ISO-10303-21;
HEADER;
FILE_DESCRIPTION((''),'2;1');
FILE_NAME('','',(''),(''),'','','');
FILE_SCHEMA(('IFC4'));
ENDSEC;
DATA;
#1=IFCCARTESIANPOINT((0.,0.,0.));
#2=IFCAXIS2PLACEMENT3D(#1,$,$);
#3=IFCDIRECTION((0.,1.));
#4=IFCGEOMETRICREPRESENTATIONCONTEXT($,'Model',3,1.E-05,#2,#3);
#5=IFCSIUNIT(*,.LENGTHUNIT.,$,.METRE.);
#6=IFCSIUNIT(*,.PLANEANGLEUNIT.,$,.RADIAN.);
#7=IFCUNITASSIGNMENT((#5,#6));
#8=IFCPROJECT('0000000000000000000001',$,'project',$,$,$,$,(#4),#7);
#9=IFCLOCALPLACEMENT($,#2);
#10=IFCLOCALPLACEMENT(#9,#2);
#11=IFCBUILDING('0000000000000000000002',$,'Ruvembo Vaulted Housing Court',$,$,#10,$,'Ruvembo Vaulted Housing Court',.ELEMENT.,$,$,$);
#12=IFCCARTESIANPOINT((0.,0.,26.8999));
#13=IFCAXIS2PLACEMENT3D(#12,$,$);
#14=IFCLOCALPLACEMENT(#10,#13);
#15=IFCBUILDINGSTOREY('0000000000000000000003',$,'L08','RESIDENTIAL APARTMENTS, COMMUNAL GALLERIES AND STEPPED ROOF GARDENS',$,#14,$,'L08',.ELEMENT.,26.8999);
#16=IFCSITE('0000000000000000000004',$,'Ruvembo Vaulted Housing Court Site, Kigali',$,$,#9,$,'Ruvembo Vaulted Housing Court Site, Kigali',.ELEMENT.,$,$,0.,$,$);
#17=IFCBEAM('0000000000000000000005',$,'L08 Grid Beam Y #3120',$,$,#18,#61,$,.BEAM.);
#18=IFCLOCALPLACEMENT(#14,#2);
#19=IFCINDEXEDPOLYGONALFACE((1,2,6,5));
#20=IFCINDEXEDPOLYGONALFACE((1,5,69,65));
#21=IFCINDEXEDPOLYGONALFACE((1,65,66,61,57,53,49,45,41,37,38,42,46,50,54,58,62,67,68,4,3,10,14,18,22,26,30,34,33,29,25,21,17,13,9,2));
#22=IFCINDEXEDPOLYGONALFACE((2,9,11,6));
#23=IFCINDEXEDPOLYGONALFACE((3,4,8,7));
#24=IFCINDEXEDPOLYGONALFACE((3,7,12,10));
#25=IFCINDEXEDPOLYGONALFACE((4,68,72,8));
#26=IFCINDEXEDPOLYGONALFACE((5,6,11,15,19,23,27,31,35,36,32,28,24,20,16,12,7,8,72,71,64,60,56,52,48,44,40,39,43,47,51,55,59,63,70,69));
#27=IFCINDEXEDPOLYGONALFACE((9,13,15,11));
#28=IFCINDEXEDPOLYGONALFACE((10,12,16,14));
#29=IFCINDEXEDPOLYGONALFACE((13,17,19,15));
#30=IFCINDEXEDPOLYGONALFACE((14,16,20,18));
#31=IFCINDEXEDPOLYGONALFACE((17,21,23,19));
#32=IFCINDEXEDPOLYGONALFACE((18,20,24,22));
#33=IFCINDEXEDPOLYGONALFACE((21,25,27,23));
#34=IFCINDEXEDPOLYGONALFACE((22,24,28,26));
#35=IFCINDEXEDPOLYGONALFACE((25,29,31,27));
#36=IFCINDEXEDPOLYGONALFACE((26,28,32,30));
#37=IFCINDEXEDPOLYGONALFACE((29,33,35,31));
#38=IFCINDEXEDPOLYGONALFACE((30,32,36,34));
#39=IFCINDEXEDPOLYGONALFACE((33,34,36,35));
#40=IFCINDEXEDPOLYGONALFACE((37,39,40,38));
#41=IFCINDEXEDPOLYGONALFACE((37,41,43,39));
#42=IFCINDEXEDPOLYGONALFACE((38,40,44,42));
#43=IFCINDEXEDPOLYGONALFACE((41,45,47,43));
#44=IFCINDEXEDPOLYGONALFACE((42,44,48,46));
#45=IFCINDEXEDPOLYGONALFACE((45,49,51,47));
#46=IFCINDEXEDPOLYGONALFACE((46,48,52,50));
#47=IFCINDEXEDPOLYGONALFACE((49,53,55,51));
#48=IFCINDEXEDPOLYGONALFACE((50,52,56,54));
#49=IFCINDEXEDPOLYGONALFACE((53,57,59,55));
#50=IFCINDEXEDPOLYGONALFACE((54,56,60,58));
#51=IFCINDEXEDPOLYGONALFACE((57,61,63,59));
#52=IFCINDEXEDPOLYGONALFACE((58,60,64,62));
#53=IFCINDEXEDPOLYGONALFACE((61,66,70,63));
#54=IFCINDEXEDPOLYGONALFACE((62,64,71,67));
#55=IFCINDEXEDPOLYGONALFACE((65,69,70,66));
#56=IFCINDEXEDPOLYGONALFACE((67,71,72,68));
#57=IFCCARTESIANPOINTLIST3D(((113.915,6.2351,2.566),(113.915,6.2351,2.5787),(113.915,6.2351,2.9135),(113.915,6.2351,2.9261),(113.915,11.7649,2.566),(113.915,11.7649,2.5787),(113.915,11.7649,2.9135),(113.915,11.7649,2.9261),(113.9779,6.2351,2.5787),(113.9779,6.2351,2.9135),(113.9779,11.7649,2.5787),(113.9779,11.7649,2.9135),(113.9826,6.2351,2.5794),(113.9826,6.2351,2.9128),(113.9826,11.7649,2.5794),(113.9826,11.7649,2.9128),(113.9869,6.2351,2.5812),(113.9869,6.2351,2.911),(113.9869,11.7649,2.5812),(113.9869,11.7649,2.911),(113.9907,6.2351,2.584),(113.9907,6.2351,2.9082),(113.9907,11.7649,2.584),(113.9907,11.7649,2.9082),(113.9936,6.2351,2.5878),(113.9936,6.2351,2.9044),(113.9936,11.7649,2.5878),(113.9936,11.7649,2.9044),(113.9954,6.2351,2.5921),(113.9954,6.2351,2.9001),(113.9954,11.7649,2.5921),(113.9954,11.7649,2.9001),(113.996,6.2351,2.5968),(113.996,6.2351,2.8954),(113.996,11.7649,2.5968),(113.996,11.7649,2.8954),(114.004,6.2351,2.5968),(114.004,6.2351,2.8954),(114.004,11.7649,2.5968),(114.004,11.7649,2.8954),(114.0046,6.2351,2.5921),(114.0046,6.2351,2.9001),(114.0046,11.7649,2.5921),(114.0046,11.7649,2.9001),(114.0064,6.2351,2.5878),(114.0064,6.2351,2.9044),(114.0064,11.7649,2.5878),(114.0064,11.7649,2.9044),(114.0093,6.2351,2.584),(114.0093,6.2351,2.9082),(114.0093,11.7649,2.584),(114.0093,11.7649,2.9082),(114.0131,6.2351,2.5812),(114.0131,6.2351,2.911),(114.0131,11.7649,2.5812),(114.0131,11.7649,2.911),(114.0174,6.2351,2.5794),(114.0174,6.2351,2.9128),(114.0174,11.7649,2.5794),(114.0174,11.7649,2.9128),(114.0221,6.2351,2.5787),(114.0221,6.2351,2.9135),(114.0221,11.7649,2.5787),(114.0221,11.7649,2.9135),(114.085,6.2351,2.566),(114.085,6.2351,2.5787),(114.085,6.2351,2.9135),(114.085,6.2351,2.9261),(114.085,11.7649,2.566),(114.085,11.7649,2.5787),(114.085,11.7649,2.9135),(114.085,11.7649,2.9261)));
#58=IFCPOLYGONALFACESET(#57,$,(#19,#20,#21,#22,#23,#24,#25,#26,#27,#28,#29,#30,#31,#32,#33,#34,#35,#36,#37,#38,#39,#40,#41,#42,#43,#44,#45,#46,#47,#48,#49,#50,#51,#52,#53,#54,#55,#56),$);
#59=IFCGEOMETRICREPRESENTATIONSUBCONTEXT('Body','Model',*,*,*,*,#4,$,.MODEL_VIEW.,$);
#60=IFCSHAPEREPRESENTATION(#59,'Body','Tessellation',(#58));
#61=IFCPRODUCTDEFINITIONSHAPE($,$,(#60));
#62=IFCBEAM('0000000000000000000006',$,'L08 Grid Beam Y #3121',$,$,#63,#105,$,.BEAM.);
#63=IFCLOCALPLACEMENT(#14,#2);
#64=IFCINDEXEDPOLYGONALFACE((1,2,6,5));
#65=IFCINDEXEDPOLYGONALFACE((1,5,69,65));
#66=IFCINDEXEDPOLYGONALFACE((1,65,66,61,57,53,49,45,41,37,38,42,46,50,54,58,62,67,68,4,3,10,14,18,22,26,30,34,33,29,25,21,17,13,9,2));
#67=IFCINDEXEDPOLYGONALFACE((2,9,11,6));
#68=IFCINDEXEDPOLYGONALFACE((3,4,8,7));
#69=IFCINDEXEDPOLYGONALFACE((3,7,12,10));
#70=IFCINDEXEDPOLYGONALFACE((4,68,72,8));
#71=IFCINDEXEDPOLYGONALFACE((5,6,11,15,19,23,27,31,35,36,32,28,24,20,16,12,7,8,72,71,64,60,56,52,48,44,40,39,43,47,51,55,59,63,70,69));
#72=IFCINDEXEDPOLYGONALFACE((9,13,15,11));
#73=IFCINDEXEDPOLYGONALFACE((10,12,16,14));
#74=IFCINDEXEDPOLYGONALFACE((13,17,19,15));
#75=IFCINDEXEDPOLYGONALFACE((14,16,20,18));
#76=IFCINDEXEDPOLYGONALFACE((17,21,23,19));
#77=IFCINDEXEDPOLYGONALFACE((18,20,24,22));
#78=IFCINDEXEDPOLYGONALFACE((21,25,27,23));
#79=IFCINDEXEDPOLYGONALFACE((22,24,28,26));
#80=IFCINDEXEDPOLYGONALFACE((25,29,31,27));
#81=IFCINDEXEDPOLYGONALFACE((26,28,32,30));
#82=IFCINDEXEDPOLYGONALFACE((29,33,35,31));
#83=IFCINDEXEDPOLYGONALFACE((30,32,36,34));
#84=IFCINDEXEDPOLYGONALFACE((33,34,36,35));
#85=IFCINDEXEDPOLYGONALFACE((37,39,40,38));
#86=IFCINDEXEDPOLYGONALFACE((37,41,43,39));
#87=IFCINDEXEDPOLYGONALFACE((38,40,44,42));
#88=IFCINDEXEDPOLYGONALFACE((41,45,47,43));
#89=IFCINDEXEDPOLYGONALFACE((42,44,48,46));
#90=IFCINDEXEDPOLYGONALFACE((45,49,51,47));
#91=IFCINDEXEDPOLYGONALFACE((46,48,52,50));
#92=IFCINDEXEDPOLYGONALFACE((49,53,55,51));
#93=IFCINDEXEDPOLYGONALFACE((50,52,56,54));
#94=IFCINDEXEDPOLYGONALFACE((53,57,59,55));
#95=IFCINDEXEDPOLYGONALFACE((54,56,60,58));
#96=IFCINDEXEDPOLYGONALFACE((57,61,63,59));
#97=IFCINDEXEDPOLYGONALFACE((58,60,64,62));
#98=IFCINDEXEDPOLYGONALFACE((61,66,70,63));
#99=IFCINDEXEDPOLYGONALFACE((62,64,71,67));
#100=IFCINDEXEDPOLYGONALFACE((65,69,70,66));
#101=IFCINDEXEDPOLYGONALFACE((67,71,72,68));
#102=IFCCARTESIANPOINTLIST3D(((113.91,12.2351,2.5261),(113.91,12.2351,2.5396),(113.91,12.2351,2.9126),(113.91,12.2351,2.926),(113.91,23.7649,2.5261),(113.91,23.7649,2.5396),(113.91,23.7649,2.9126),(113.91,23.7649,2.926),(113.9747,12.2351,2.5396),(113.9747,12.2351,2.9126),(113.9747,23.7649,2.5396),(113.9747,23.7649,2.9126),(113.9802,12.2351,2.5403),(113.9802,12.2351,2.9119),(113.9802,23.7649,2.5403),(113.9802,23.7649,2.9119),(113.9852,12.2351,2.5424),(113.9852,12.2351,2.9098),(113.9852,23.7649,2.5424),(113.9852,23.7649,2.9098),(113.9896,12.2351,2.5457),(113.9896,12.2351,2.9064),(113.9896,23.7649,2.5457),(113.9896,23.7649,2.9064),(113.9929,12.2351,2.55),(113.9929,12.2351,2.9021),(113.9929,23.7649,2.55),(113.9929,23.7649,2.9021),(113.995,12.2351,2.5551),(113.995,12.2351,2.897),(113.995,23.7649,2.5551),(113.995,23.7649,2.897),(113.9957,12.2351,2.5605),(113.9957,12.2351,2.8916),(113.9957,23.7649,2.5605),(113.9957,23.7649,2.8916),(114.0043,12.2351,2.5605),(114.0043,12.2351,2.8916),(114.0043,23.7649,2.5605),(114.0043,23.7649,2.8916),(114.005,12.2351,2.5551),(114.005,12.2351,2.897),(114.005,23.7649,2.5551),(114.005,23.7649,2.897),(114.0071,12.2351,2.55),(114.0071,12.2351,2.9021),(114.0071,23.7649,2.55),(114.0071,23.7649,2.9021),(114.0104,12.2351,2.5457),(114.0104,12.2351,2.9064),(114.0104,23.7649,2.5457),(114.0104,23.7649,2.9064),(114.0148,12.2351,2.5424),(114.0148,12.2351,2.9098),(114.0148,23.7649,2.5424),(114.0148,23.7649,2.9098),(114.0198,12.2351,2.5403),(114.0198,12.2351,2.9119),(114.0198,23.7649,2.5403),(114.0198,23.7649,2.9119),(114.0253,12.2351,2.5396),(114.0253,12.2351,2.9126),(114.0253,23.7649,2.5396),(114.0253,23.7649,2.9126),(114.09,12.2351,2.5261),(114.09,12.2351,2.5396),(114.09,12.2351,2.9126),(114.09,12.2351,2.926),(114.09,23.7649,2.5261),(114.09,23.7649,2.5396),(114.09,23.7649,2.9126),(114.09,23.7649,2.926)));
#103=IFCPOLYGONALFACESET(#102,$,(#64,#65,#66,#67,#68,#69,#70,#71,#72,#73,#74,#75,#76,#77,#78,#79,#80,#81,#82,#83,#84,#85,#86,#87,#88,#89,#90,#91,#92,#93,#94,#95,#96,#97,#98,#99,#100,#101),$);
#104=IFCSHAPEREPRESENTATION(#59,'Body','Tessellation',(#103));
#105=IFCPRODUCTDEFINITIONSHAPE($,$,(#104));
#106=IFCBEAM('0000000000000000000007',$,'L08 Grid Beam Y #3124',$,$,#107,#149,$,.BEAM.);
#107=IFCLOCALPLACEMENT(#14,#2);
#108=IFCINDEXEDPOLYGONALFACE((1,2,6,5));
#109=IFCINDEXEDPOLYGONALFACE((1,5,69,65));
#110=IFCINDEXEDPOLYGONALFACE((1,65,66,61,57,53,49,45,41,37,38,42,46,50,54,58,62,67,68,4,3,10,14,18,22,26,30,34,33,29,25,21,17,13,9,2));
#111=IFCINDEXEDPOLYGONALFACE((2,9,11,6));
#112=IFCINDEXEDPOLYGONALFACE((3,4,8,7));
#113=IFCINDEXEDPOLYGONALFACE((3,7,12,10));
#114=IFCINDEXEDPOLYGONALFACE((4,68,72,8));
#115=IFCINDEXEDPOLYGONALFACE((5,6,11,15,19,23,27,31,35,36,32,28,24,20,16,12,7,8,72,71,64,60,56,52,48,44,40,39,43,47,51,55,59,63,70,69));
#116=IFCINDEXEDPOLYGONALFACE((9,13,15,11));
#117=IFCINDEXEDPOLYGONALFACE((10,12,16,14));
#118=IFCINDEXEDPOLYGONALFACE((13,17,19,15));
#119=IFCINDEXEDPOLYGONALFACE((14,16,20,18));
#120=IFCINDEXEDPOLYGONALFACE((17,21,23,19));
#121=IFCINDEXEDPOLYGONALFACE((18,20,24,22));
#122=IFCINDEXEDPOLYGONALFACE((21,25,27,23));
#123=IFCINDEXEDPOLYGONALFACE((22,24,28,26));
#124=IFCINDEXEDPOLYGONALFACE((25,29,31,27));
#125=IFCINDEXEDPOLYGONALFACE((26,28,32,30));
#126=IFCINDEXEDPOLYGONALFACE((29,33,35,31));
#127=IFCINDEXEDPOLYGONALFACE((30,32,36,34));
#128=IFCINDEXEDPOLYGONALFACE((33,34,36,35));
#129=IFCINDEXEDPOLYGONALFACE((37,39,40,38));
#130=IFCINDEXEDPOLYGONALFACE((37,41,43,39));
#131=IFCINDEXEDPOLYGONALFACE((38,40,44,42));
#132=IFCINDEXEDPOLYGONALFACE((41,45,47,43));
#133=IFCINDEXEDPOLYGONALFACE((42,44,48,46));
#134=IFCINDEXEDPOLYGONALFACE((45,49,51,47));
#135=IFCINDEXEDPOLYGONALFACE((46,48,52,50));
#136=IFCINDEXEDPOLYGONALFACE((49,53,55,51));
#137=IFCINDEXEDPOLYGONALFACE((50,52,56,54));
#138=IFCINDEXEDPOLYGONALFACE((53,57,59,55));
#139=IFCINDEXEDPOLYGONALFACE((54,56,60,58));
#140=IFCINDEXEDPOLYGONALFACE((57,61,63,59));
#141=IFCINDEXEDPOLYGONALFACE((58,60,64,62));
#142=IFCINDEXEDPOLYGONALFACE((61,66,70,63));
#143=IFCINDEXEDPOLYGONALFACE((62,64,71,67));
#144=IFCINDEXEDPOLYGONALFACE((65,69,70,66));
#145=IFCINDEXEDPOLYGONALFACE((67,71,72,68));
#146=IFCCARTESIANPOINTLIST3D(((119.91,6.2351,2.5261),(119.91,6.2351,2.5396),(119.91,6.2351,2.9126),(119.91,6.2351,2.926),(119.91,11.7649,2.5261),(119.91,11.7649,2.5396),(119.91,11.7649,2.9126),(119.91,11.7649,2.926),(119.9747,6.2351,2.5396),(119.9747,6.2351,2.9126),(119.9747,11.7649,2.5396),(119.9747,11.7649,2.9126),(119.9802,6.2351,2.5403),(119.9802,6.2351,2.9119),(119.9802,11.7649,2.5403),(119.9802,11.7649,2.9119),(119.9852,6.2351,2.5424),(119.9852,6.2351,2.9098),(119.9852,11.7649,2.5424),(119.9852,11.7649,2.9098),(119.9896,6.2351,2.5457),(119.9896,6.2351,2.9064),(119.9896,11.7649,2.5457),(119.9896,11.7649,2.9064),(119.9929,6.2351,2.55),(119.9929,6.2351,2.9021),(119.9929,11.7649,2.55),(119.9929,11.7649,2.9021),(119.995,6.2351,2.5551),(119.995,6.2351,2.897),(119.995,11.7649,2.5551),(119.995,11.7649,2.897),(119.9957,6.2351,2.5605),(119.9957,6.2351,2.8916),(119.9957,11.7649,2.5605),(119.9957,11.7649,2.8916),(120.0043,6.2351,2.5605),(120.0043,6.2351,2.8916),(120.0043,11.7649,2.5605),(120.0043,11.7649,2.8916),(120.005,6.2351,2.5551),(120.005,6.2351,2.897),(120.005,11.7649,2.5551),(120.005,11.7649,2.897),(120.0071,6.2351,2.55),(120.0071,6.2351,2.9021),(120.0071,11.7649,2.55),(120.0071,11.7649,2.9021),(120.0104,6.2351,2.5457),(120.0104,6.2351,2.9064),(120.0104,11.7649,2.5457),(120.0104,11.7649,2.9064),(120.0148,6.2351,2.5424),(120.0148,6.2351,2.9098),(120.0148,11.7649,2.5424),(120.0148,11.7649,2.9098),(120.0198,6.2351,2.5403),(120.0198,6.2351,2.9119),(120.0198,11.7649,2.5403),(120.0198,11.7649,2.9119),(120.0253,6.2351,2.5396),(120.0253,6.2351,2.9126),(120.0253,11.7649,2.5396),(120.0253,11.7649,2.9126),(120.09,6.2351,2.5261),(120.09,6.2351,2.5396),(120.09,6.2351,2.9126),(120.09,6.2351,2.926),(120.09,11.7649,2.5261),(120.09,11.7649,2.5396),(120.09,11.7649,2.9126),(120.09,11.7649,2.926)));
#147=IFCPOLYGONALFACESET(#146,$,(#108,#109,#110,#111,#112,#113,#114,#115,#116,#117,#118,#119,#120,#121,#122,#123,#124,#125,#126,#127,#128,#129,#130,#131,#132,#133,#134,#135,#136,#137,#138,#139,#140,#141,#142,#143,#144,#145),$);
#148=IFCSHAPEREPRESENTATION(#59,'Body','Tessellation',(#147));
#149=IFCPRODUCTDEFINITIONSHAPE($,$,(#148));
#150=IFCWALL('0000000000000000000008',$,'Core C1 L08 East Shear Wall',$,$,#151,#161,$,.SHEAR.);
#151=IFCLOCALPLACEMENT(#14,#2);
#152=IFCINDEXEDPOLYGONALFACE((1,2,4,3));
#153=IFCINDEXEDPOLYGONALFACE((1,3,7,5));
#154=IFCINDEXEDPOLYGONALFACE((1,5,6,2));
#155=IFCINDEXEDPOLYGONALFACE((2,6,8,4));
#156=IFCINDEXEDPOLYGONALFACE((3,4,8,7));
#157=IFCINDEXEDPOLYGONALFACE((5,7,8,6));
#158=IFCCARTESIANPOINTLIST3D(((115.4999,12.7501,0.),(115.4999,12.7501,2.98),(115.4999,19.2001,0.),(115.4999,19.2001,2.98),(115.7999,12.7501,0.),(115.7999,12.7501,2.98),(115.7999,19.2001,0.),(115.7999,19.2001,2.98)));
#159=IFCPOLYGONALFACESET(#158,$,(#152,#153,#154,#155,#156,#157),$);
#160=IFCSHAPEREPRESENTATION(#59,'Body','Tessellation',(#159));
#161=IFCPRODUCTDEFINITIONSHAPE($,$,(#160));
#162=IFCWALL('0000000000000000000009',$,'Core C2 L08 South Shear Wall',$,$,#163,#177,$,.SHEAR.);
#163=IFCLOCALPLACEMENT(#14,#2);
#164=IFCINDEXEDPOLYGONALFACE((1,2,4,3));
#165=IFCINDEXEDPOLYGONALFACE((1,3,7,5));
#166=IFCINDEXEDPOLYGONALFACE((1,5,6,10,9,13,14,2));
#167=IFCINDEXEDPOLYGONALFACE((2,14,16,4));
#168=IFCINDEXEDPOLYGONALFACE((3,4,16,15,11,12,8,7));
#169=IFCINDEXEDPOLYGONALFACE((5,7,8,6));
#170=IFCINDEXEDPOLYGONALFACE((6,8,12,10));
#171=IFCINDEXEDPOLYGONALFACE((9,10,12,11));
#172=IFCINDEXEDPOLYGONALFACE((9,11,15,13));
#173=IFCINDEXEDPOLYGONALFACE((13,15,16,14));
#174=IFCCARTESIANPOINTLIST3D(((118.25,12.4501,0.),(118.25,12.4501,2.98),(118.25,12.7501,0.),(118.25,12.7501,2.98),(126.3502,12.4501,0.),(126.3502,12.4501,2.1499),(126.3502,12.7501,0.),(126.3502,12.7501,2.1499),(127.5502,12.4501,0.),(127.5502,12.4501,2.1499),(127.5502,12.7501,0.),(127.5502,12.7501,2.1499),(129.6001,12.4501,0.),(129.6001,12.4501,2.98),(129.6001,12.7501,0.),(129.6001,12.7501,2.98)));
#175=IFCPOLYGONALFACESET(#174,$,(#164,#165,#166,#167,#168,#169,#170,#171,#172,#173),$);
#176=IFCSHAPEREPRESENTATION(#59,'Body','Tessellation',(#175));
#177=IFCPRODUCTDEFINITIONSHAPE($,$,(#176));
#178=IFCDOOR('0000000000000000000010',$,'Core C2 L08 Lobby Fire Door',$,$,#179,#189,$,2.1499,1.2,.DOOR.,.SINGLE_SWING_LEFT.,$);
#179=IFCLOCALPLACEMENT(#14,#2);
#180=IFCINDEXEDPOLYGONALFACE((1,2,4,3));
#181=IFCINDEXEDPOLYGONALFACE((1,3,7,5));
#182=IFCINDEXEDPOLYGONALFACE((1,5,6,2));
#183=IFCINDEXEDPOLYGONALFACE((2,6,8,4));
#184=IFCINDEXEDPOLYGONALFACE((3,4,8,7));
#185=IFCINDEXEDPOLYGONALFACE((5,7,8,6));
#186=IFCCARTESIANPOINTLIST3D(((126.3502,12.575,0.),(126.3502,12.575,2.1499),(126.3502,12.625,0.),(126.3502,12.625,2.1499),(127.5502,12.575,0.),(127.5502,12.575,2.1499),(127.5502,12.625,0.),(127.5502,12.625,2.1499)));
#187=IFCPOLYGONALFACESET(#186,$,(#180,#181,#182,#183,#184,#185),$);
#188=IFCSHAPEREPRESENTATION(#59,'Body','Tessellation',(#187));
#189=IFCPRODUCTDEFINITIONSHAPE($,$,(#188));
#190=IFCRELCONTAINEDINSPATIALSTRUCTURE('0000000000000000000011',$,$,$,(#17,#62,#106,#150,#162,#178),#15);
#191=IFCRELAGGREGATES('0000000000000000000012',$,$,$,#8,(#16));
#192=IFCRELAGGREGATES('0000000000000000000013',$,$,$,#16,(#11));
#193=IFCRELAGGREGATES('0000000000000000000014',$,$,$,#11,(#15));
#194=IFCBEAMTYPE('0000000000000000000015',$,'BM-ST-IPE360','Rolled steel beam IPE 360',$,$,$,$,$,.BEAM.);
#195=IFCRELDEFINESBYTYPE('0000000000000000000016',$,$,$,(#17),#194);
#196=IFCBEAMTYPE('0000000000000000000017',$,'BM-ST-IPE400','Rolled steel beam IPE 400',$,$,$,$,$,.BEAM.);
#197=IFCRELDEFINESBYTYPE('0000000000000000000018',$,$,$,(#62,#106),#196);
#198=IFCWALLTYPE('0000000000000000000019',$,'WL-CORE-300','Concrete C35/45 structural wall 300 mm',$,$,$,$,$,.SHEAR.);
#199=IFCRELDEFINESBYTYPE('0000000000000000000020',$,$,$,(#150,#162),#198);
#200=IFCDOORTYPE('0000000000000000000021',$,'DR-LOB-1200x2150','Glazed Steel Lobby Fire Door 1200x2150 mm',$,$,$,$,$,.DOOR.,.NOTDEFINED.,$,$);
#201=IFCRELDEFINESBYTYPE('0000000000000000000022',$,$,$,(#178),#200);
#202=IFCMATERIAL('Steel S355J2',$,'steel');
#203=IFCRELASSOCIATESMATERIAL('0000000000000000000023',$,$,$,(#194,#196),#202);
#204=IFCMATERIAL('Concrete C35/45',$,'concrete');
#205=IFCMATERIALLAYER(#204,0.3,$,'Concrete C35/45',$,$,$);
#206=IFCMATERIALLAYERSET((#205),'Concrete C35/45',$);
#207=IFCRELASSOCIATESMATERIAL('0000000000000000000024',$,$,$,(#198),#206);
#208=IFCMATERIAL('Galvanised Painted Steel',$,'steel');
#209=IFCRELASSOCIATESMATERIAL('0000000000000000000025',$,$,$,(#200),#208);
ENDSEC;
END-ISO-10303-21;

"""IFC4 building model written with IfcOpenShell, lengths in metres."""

from ifc_helpers import new_model, si_unit, direction, frame, frame_2d, origin, origin_2d, place, context, subcontext, project, spatial, rectangle, i_section, extrude, material, layer, layer_set, material_profile, profile_set, type_object, element, fill, save


model = new_model("IFC4")

# Units and contexts
model_context = context("Model", 3, precision=1e-05, world=origin(), true_north=direction((0.0, 1.0)))
body_context = subcontext(model_context, "Body", "Model", "MODEL_VIEW")
ifc_project = project(units=[si_unit("LENGTHUNIT", "METRE"), si_unit("PLANEANGLEUNIT", "RADIAN")], contexts=[model_context])

# Site, building, storey
site_placement = place(None, origin())
site = spatial("IfcSite", under=ifc_project, at=site_placement, Name="Ruvembo Vaulted Housing Court Site, Kigali", LongName="Ruvembo Vaulted Housing Court Site, Kigali", CompositionType="ELEMENT", RefElevation=0.0)
building_placement = place(site_placement, origin())
building = spatial("IfcBuilding", under=site, at=building_placement, Name="Ruvembo Vaulted Housing Court", LongName="Ruvembo Vaulted Housing Court", CompositionType="ELEMENT")
storey_placement = place(building_placement, frame((0.0, 0.0, 26.8999)))
storey = spatial("IfcBuildingStorey", under=building, at=storey_placement, Name="L08", Description="RESIDENTIAL APARTMENTS, COMMUNAL GALLERIES AND STEPPED ROOF GARDENS", LongName="L08", CompositionType="ELEMENT", Elevation=26.8999)

# Shared definitions
ifc_material_1 = material(Name="Concrete C35/45", Category="concrete")

# Beams
ifc_material_2 = material(Name="Steel S355J2", Category="steel")
ifc_material_profile_1 = material_profile(ifc_material_2, i_section(OverallWidth=0.1699, OverallDepth=0.3601, WebThickness=0.0081, FlangeThickness=0.0127, FilletRadius=0.0181, at=origin_2d()), Name="IPE 360")
ifc_profile_set_1 = profile_set([ifc_material_profile_1], Name="Steel S355J2")
beam_type_1 = type_object("IfcBeamType", Name="BM-ST-IPE360", Description="Rolled steel beam IPE 360", PredefinedType="BEAM", material=ifc_profile_set_1)
for number, where, z_axis, x_axis, name in (
    (1, (114.0, 6.2351, 2.7461), (0.0, 1.0, 0.0), (-1.0, 0.0, 0.0), "L08 Grid Beam Y #3120"),
):
    element("IfcBeam", number, at=place(storey_placement, frame(where, z_axis=z_axis, x_axis=x_axis)), inside=storey, type_object=beam_type_1, Name=name, PredefinedType="BEAM", context=body_context, shape_type="SweptSolid", body=[
        extrude(i_section(OverallWidth=0.1699, OverallDepth=0.3601, WebThickness=0.0081, FlangeThickness=0.0127, FilletRadius=0.0181, at=origin_2d()), origin(), (0.0, 0.0, 1.0), 5.5298),
    ])
ifc_material_profile_2 = material_profile(ifc_material_2, i_section(OverallWidth=0.1799, OverallDepth=0.3999, WebThickness=0.0085, FlangeThickness=0.0134, FilletRadius=0.021, at=origin_2d()), Name="IPE 400")
ifc_profile_set_2 = profile_set([ifc_material_profile_2], Name="Steel S355J2")
beam_type_2 = type_object("IfcBeamType", Name="BM-ST-IPE400", Description="Rolled steel beam IPE 400", PredefinedType="BEAM", material=ifc_profile_set_2)
beam_1_placement = place(storey_placement, frame((114.0, 12.2351, 2.7261), z_axis=(0.0, 1.0, 0.0), x_axis=(-1.0, 0.0, 0.0)))
element("IfcBeam", 2, at=beam_1_placement, inside=storey, type_object=beam_type_2, Name="L08 Grid Beam Y #3121", PredefinedType="BEAM", context=body_context, shape_type="SweptSolid", body=[
    extrude(i_section(OverallWidth=0.1799, OverallDepth=0.3999, WebThickness=0.0085, FlangeThickness=0.0134, FilletRadius=0.021, at=origin_2d()), origin(), (0.0, 0.0, 1.0), 11.5298),
])
beam_2_placement = place(storey_placement, frame((120.0, 6.2351, 2.7261), z_axis=(0.0, 1.0, 0.0), x_axis=(-1.0, 0.0, 0.0)))
element("IfcBeam", 3, at=beam_2_placement, inside=storey, type_object=beam_type_2, Name="L08 Grid Beam Y #3124", PredefinedType="BEAM", context=body_context, shape_type="SweptSolid", body=[
    extrude(i_section(OverallWidth=0.1799, OverallDepth=0.3999, WebThickness=0.0085, FlangeThickness=0.0134, FilletRadius=0.021, at=origin_2d()), origin(), (0.0, 0.0, 1.0), 5.5298),
])

# Shared definitions
ifc_layer_1 = layer(ifc_material_1, 0.3, Name="Concrete C35/45")
ifc_layer_set_1 = layer_set([ifc_layer_1], Name="Concrete C35/45")
wall_type_1 = type_object("IfcWallType", Name="WL-CORE-300", Description="Concrete C35/45 structural wall 300 mm", PredefinedType="SHEAR", material=ifc_layer_set_1)
ifc_material_3 = material(Name="Galvanised Painted Steel", Category="steel")

# Wall
wall_1_placement = place(storey_placement, frame((115.6499, 12.75, 0.0), z_axis=(0.0, 0.0, 1.0), x_axis=(0.0, 1.0, 0.0)))
element("IfcWall", 4, at=wall_1_placement, inside=storey, type_object=wall_type_1, Name="Core C1 L08 East Shear Wall", PredefinedType="SHEAR", context=body_context, shape_type="SweptSolid", body=[
    extrude(rectangle(XDim=6.45, YDim=0.3, at=frame_2d((3.2251, 0.0))), origin(), (0.0, 0.0, 1.0), 2.98),
])

# Wall, opening, door
wall_2_placement = place(storey_placement, frame((118.25, 12.6001, 0.0), z_axis=(0.0, 0.0, 1.0), x_axis=(1.0, 0.0, 0.0)))
wall_2 = element("IfcWall", 5, at=wall_2_placement, inside=storey, type_object=wall_type_1, Name="Core C2 L08 South Shear Wall", PredefinedType="SHEAR", context=body_context, shape_type="SweptSolid", body=[
    extrude(rectangle(XDim=11.3501, YDim=0.3, at=frame_2d((5.675, 0.0))), origin(), (0.0, 0.0, 1.0), 2.98),
])
opening_1_placement = place(wall_2_placement, frame((8.1001, 0.0, 0.0)))
opening_1 = element("IfcOpeningElement", 6, at=opening_1_placement, cuts=wall_2, PredefinedType="OPENING", context=body_context, shape_type="SweptSolid", body=[
    extrude(rectangle(XDim=1.2, YDim=2.1499, at=frame_2d((0.6001, 1.075))), frame((0.0, 0.1599, 0.0), z_axis=(0.0, -1.0, 0.0), x_axis=(1.0, 0.0, 0.0)), (0.0, 0.0, 1.0), 0.3201),
])
door_type_1 = type_object("IfcDoorType", Name="DR-LOB-1200x2150", Description="Glazed Steel Lobby Fire Door 1200x2150 mm", OperationType="NOTDEFINED", PredefinedType="DOOR", material=ifc_material_3)
door_1_placement = place(opening_1_placement, origin())
door_1 = element("IfcDoor", 7, at=door_1_placement, inside=storey, type_object=door_type_1, Name="Core C2 L08 Lobby Fire Door", OperationType="SINGLE_SWING_LEFT", OverallHeight=2.1499, OverallWidth=1.2, PredefinedType="DOOR", context=body_context, shape_type="SweptSolid", body=[
    extrude(rectangle(XDim=1.2, YDim=2.1499, at=frame_2d((0.6001, 1.075))), frame((0.0, 0.0249, 0.0), z_axis=(0.0, -1.0, 0.0), x_axis=(1.0, 0.0, 0.0)), (0.0, 0.0, 1.0), 0.05),
])
fill(opening_1, door_1)

save(model, "model.ifc")
